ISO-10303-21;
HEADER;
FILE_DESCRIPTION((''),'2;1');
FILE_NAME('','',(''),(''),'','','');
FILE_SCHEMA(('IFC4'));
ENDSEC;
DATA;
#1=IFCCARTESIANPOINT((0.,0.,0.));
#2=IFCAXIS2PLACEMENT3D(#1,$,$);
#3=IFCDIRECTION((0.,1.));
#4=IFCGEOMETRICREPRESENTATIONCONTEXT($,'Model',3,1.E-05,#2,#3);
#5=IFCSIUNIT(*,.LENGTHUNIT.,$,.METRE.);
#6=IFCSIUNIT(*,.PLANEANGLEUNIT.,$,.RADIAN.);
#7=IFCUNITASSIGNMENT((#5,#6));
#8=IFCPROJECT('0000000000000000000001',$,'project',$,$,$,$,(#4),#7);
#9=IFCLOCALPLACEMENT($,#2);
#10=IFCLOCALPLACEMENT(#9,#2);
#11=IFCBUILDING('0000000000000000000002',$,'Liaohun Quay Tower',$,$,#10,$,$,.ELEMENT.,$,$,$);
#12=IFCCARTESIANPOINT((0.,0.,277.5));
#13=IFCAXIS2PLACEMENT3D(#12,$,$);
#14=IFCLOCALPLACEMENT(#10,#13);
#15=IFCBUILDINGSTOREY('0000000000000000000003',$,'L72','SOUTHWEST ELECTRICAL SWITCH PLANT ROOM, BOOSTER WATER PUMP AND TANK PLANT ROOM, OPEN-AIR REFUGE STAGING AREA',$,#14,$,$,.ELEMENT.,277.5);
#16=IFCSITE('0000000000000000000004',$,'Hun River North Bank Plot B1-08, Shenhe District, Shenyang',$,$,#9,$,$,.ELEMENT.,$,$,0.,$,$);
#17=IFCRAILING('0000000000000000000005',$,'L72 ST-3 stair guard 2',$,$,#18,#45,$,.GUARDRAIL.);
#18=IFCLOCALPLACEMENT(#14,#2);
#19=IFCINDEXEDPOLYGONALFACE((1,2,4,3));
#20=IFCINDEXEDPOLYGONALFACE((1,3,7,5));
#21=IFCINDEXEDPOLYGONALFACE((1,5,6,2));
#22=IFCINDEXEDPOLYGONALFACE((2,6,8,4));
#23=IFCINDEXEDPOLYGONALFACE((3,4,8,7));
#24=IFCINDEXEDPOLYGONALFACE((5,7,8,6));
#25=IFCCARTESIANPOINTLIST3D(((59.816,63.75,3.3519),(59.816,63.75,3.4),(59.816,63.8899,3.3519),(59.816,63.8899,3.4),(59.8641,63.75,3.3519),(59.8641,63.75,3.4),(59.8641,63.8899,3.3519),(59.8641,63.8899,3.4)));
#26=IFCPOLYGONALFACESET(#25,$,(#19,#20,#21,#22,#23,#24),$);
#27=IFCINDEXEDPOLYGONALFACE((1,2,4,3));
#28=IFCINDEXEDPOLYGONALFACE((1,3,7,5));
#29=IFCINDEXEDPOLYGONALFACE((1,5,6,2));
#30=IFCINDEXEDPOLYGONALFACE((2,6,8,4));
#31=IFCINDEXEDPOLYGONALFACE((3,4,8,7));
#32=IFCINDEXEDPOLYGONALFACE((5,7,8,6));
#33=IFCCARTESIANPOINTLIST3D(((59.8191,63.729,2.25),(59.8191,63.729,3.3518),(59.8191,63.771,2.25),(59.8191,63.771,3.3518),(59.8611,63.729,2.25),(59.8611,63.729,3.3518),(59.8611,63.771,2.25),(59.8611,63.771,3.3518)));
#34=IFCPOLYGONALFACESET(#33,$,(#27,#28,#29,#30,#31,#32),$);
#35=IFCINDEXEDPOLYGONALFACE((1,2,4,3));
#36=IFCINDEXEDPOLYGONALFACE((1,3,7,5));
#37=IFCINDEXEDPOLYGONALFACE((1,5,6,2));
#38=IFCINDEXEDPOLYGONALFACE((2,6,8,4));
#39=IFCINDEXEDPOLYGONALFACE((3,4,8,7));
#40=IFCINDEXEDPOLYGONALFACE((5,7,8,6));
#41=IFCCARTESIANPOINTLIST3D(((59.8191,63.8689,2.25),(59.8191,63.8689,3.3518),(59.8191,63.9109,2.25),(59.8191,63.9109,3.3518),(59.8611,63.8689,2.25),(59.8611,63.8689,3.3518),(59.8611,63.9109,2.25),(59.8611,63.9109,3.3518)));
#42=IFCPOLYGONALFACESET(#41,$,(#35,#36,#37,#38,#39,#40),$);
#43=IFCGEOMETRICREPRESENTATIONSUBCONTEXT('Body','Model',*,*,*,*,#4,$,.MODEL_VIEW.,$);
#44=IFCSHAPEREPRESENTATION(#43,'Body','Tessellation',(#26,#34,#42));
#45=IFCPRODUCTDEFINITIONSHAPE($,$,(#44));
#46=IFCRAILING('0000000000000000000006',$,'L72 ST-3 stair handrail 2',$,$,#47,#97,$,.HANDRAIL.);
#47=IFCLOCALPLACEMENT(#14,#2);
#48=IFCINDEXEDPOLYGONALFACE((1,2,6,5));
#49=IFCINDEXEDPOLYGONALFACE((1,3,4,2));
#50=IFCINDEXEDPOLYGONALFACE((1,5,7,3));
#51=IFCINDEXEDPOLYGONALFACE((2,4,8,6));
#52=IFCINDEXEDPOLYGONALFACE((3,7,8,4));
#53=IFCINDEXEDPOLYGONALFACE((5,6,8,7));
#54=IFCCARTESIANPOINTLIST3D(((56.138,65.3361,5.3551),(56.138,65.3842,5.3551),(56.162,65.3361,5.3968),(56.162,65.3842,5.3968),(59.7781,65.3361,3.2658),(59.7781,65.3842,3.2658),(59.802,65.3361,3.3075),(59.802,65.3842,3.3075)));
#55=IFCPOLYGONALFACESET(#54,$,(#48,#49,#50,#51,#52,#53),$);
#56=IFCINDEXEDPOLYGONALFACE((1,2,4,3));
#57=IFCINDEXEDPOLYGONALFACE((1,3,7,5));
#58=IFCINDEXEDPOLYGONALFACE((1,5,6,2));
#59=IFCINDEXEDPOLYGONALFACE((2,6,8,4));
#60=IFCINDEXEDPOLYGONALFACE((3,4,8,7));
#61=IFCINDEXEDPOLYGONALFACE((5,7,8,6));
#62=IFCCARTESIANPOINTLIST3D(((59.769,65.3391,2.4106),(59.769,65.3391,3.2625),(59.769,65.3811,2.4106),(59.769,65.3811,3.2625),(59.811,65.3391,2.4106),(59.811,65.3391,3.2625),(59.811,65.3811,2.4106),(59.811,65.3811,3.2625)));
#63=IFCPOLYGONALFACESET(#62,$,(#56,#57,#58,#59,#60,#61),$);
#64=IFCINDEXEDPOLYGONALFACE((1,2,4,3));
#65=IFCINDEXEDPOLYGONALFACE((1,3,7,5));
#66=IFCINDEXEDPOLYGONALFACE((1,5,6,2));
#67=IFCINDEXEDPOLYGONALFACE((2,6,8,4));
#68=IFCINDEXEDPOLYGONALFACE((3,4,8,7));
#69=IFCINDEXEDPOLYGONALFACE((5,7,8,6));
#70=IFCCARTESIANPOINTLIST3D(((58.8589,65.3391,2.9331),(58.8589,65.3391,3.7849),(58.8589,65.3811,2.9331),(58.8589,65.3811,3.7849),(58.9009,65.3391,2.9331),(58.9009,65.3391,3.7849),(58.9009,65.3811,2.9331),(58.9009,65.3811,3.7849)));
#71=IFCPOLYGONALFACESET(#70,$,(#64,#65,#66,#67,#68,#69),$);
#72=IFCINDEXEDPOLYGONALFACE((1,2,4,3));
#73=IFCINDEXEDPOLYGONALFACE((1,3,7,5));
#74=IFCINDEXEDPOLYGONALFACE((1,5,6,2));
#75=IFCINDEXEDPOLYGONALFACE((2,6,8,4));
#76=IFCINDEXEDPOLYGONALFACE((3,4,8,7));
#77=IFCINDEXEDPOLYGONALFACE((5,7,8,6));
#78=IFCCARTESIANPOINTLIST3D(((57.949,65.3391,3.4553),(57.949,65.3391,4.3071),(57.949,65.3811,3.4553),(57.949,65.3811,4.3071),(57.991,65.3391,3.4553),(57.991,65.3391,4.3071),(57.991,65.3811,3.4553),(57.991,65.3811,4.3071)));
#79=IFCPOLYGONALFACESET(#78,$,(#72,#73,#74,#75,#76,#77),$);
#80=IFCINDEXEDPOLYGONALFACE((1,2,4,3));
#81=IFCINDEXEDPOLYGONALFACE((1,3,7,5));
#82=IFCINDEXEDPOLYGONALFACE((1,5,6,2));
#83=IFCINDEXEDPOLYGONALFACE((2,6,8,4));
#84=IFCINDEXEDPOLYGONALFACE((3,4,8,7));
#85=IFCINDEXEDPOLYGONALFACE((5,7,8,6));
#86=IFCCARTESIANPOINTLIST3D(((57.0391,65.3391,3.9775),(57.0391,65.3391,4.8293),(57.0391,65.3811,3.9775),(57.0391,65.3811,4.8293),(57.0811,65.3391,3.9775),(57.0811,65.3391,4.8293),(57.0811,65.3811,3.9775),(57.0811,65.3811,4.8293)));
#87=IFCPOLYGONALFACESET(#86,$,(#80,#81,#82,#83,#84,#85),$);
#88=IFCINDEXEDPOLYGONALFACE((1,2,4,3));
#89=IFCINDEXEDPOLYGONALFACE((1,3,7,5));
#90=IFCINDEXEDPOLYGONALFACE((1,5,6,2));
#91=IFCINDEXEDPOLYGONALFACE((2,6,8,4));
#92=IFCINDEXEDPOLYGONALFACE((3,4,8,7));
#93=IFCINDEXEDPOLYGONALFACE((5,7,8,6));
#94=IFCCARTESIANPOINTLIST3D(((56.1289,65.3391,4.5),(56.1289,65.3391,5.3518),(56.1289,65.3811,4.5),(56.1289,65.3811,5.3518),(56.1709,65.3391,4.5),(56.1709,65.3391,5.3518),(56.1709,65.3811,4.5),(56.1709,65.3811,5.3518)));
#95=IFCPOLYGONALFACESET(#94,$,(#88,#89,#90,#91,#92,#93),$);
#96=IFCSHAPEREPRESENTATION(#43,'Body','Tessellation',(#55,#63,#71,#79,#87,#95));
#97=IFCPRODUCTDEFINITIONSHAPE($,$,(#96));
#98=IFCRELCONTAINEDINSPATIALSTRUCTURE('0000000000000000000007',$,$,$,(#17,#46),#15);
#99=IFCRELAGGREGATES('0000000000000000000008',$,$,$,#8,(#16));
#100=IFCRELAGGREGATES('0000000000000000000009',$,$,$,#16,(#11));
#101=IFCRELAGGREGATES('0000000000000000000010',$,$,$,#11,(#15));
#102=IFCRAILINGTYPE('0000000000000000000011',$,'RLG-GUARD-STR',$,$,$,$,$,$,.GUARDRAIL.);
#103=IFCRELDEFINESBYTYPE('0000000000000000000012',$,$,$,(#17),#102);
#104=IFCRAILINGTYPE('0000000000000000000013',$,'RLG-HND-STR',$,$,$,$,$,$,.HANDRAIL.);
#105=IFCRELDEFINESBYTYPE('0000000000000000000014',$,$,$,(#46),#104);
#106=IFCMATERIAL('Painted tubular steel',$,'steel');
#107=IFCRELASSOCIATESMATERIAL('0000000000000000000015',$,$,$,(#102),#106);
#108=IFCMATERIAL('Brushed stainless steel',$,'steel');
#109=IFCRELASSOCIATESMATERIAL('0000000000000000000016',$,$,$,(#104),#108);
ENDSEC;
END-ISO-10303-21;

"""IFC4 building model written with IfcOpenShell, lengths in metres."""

from ifc_helpers import new_model, si_unit, direction, frame, origin, origin_2d, place, context, subcontext, project, spatial, rectangle, extrude, material, type_object, element, save


model = new_model("IFC4")

# Units and contexts
model_context = context("Model", 3, precision=1e-05, world=origin(), true_north=direction((0.0, 1.0)))
body_context = subcontext(model_context, "Body", "Model", "MODEL_VIEW")
ifc_project = project(units=[si_unit("LENGTHUNIT", "METRE"), si_unit("PLANEANGLEUNIT", "RADIAN")], contexts=[model_context])

# Site, building, storey
site_placement = place(None, origin())
site = spatial("IfcSite", under=ifc_project, at=site_placement, Name="Hun River North Bank Plot B1-08, Shenhe District, Shenyang", CompositionType="ELEMENT", RefElevation=0.0)
building_placement = place(site_placement, origin())
building = spatial("IfcBuilding", under=site, at=building_placement, Name="Liaohun Quay Tower", CompositionType="ELEMENT")
storey_placement = place(building_placement, frame((0.0, 0.0, 277.5)))
storey = spatial("IfcBuildingStorey", under=building, at=storey_placement, Name="L72", Description="SOUTHWEST ELECTRICAL SWITCH PLANT ROOM, BOOSTER WATER PUMP AND TANK PLANT ROOM, OPEN-AIR REFUGE STAGING AREA", CompositionType="ELEMENT", Elevation=277.5)

# Railings
ifc_material_1 = material(Name="Painted tubular steel", Category="steel")
railing_type_1 = type_object("IfcRailingType", Name="RLG-GUARD-STR", PredefinedType="GUARDRAIL", material=ifc_material_1)
railing_1_placement = place(storey_placement, frame((59.8401, 63.75, 2.25)))
element("IfcRailing", 1, at=railing_1_placement, inside=storey, type_object=railing_type_1, Name="L72 ST-3 stair guard 2", PredefinedType="GUARDRAIL", context=body_context, shape_type="SweptSolid", body=[
    extrude(rectangle(XDim=0.0481, YDim=0.0481, at=origin_2d()), frame((0.0, 0.0, 1.126), z_axis=(0.0, 1.0, 0.0), x_axis=(-1.0, 0.0, 0.0)), (0.0, 0.0, 1.0), 0.1399),
    extrude(rectangle(XDim=0.042, YDim=0.042, at=origin_2d()), origin(), (0.0, 0.0, 1.0), 1.1018),
    extrude(rectangle(XDim=0.042, YDim=0.042, at=origin_2d()), frame((0.0, 0.1399, 0.0)), (0.0, 0.0, 1.0), 1.1018),
])
ifc_material_2 = material(Name="Brushed stainless steel", Category="steel")
railing_type_2 = type_object("IfcRailingType", Name="RLG-HND-STR", PredefinedType="HANDRAIL", material=ifc_material_2)
railing_2_placement = place(storey_placement, frame((59.79, 65.3601, 2.4106)))
element("IfcRailing", 2, at=railing_2_placement, inside=storey, type_object=railing_type_2, Name="L72 ST-3 stair handrail 2", PredefinedType="HANDRAIL", context=body_context, shape_type="SweptSolid", body=[
    extrude(rectangle(XDim=0.0481, YDim=0.0481, at=origin_2d()), frame((0.0, 0.0, 0.876), z_axis=(-0.867289, 0.0, 0.497804), x_axis=(0.0, -1.0, 0.0)), (0.0, 0.0, 1.0), 4.197),
    extrude(rectangle(XDim=0.042, YDim=0.042, at=origin_2d()), origin(), (0.0, 0.0, 1.0), 0.8518),
    extrude(rectangle(XDim=0.042, YDim=0.042, at=origin_2d()), frame((-0.9102, 0.0, 0.5225)), (0.0, 0.0, 1.0), 0.8518),
    extrude(rectangle(XDim=0.042, YDim=0.042, at=origin_2d()), frame((-1.8201, 0.0, 1.0447)), (0.0, 0.0, 1.0), 0.8518),
    extrude(rectangle(XDim=0.042, YDim=0.042, at=origin_2d()), frame((-2.73, 0.0, 1.5669)), (0.0, 0.0, 1.0), 0.8518),
    extrude(rectangle(XDim=0.042, YDim=0.042, at=origin_2d()), frame((-3.6401, 0.0, 2.0894)), (0.0, 0.0, 1.0), 0.8518),
])

save(model, "model.ifc")
